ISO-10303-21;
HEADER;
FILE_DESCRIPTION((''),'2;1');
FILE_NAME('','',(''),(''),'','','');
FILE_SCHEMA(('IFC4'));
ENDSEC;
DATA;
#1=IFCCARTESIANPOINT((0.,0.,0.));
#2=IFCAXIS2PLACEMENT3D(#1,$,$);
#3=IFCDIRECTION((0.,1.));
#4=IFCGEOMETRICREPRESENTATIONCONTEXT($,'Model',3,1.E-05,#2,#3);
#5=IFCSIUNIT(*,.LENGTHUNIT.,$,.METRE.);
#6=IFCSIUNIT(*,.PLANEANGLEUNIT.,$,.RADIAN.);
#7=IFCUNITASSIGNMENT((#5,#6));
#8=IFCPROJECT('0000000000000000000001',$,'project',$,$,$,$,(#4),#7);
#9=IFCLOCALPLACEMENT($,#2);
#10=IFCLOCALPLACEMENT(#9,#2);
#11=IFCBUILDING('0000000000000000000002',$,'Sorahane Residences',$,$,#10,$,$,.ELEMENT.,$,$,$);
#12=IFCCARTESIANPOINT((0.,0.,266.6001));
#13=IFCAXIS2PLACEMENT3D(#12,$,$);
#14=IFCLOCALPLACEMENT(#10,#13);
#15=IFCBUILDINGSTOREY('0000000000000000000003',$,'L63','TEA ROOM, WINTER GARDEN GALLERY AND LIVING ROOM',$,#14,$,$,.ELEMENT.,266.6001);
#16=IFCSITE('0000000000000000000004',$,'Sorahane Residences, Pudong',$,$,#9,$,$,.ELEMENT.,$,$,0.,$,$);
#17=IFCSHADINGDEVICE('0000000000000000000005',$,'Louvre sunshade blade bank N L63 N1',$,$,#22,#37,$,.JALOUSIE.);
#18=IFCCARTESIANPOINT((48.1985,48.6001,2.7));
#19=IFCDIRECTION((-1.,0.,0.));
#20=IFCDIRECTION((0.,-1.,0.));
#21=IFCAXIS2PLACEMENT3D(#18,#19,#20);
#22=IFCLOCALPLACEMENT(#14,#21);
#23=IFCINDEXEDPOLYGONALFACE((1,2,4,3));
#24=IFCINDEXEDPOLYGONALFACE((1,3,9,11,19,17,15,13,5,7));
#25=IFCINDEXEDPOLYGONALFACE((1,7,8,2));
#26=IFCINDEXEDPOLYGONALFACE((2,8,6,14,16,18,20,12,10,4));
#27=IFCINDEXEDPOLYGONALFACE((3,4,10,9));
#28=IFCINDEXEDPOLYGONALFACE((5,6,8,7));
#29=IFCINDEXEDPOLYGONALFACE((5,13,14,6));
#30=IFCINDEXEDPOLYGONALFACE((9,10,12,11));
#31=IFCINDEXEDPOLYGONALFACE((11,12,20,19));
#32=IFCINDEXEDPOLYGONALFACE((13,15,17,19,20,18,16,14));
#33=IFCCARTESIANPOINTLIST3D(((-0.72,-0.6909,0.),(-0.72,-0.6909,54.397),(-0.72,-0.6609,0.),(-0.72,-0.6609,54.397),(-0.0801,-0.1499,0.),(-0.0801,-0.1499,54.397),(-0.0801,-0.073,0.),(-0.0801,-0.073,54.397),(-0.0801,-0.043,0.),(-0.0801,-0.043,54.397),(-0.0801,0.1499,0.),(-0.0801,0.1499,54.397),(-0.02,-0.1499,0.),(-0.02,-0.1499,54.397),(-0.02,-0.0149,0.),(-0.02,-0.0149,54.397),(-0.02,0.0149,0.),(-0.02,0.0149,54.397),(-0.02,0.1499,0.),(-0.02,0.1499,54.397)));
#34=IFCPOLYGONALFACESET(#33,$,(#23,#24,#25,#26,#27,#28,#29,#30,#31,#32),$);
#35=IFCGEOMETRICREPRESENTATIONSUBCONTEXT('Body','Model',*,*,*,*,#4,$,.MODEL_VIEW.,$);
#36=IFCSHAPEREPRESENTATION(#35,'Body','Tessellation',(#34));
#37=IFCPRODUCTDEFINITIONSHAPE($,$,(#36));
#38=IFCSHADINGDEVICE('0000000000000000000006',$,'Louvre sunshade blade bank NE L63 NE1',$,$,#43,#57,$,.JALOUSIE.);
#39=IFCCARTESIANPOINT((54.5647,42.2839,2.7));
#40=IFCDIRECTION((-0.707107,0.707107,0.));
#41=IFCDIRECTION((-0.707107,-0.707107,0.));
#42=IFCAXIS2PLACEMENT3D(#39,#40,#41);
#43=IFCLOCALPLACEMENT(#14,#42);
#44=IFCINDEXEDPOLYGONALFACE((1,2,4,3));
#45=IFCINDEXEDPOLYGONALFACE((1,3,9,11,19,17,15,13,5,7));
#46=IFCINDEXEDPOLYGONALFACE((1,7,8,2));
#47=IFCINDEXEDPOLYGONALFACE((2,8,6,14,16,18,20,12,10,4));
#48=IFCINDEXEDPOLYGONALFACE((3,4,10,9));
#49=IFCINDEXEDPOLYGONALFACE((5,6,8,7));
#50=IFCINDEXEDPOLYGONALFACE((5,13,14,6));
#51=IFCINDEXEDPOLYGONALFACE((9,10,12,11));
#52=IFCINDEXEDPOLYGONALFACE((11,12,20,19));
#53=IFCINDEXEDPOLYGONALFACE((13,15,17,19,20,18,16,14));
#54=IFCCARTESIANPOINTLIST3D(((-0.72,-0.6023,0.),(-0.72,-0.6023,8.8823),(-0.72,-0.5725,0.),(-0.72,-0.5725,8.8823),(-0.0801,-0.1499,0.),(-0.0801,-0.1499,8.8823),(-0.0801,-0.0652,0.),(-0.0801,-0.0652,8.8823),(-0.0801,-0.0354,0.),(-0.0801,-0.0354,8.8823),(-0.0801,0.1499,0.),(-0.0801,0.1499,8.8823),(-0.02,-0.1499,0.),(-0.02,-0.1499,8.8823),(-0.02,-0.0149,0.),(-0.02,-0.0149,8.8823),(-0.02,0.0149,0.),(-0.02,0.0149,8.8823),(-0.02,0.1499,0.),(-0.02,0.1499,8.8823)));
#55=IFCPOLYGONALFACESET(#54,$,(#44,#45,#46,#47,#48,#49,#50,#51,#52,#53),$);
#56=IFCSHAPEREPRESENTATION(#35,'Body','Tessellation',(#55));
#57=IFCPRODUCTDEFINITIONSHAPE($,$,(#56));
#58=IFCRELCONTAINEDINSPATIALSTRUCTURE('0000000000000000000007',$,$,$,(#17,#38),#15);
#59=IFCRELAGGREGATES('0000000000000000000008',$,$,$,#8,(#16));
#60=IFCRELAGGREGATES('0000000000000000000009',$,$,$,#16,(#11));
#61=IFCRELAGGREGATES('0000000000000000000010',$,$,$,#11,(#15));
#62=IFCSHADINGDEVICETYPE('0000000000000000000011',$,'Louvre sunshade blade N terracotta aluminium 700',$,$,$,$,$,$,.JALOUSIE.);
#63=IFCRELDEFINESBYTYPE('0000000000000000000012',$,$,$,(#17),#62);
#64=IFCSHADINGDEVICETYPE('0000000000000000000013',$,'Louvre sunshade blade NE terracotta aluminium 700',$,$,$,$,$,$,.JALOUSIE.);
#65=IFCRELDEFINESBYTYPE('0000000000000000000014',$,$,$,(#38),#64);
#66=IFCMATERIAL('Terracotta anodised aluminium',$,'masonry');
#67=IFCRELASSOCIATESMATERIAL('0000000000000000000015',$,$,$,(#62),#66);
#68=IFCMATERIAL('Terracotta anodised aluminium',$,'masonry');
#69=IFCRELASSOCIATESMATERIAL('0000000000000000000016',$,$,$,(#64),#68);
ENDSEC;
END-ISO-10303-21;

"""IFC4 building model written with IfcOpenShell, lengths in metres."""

from ifc_helpers import new_model, si_unit, direction, frame, origin, place, context, subcontext, project, spatial, polyline, outline, extrude, material, type_object, element, save


model = new_model("IFC4")

# Units and contexts
model_context = context("Model", 3, precision=1e-05, world=origin(), true_north=direction((0.0, 1.0)))
body_context = subcontext(model_context, "Body", "Model", "MODEL_VIEW")
ifc_project = project(units=[si_unit("LENGTHUNIT", "METRE"), si_unit("PLANEANGLEUNIT", "RADIAN")], contexts=[model_context])

# Site, building, storey
site_placement = place(None, origin())
site = spatial("IfcSite", under=ifc_project, at=site_placement, Name="Sorahane Residences, Pudong", CompositionType="ELEMENT", RefElevation=0.0)
building_placement = place(site_placement, origin())
building = spatial("IfcBuilding", under=site, at=building_placement, Name="Sorahane Residences", CompositionType="ELEMENT")
storey_placement = place(building_placement, frame((0.0, 0.0, 266.6001)))
storey = spatial("IfcBuildingStorey", under=building, at=storey_placement, Name="L63", Description="TEA ROOM, WINTER GARDEN GALLERY AND LIVING ROOM", CompositionType="ELEMENT", Elevation=266.6001)

# Shading devices
ifc_material_1 = material(Name="Terracotta anodised aluminium", Category="masonry")
shading_device_type_1 = type_object("IfcShadingDeviceType", Name="Louvre sunshade blade N terracotta aluminium 700", PredefinedType="JALOUSIE", material=ifc_material_1)
shading_device_1_placement = place(storey_placement, frame((48.1985, 48.6001, 2.7), z_axis=(-1.0, 0.0, 0.0), x_axis=(0.0, -1.0, 0.0)))
element("IfcShadingDevice", 1, at=shading_device_1_placement, inside=storey, type_object=shading_device_type_1, Name="Louvre sunshade blade bank N L63 N1", PredefinedType="JALOUSIE", context=body_context, shape_type="SweptSolid", body=[
    extrude(outline(polyline([(-0.72, -0.6609), (-0.72, -0.6909), (-0.0801, -0.073), (-0.0801, -0.1499), (-0.02, -0.1499), (-0.02, -0.0149), (-0.02, 0.0149), (-0.02, 0.1499), (-0.0801, 0.1499), (-0.0801, -0.043), (-0.72, -0.6609)])), origin(), (0.0, 0.0, 1.0), 54.397),
])
ifc_material_2 = material(Name="Terracotta anodised aluminium", Category="masonry")
shading_device_type_2 = type_object("IfcShadingDeviceType", Name="Louvre sunshade blade NE terracotta aluminium 700", PredefinedType="JALOUSIE", material=ifc_material_2)
shading_device_2_placement = place(storey_placement, frame((54.5647, 42.2839, 2.7), z_axis=(-0.707107, 0.707107, 0.0), x_axis=(-0.707107, -0.707107, 0.0)))
element("IfcShadingDevice", 2, at=shading_device_2_placement, inside=storey, type_object=shading_device_type_2, Name="Louvre sunshade blade bank NE L63 NE1", PredefinedType="JALOUSIE", context=body_context, shape_type="SweptSolid", body=[
    extrude(outline(polyline([(-0.72, -0.5725), (-0.72, -0.6023), (-0.0801, -0.0652), (-0.0801, -0.1499), (-0.02, -0.1499), (-0.02, -0.0149), (-0.02, 0.0149), (-0.02, 0.1499), (-0.0801, 0.1499), (-0.0801, -0.0354), (-0.72, -0.5725)])), origin(), (0.0, 0.0, 1.0), 8.8823),
])

save(model, "model.ifc")
